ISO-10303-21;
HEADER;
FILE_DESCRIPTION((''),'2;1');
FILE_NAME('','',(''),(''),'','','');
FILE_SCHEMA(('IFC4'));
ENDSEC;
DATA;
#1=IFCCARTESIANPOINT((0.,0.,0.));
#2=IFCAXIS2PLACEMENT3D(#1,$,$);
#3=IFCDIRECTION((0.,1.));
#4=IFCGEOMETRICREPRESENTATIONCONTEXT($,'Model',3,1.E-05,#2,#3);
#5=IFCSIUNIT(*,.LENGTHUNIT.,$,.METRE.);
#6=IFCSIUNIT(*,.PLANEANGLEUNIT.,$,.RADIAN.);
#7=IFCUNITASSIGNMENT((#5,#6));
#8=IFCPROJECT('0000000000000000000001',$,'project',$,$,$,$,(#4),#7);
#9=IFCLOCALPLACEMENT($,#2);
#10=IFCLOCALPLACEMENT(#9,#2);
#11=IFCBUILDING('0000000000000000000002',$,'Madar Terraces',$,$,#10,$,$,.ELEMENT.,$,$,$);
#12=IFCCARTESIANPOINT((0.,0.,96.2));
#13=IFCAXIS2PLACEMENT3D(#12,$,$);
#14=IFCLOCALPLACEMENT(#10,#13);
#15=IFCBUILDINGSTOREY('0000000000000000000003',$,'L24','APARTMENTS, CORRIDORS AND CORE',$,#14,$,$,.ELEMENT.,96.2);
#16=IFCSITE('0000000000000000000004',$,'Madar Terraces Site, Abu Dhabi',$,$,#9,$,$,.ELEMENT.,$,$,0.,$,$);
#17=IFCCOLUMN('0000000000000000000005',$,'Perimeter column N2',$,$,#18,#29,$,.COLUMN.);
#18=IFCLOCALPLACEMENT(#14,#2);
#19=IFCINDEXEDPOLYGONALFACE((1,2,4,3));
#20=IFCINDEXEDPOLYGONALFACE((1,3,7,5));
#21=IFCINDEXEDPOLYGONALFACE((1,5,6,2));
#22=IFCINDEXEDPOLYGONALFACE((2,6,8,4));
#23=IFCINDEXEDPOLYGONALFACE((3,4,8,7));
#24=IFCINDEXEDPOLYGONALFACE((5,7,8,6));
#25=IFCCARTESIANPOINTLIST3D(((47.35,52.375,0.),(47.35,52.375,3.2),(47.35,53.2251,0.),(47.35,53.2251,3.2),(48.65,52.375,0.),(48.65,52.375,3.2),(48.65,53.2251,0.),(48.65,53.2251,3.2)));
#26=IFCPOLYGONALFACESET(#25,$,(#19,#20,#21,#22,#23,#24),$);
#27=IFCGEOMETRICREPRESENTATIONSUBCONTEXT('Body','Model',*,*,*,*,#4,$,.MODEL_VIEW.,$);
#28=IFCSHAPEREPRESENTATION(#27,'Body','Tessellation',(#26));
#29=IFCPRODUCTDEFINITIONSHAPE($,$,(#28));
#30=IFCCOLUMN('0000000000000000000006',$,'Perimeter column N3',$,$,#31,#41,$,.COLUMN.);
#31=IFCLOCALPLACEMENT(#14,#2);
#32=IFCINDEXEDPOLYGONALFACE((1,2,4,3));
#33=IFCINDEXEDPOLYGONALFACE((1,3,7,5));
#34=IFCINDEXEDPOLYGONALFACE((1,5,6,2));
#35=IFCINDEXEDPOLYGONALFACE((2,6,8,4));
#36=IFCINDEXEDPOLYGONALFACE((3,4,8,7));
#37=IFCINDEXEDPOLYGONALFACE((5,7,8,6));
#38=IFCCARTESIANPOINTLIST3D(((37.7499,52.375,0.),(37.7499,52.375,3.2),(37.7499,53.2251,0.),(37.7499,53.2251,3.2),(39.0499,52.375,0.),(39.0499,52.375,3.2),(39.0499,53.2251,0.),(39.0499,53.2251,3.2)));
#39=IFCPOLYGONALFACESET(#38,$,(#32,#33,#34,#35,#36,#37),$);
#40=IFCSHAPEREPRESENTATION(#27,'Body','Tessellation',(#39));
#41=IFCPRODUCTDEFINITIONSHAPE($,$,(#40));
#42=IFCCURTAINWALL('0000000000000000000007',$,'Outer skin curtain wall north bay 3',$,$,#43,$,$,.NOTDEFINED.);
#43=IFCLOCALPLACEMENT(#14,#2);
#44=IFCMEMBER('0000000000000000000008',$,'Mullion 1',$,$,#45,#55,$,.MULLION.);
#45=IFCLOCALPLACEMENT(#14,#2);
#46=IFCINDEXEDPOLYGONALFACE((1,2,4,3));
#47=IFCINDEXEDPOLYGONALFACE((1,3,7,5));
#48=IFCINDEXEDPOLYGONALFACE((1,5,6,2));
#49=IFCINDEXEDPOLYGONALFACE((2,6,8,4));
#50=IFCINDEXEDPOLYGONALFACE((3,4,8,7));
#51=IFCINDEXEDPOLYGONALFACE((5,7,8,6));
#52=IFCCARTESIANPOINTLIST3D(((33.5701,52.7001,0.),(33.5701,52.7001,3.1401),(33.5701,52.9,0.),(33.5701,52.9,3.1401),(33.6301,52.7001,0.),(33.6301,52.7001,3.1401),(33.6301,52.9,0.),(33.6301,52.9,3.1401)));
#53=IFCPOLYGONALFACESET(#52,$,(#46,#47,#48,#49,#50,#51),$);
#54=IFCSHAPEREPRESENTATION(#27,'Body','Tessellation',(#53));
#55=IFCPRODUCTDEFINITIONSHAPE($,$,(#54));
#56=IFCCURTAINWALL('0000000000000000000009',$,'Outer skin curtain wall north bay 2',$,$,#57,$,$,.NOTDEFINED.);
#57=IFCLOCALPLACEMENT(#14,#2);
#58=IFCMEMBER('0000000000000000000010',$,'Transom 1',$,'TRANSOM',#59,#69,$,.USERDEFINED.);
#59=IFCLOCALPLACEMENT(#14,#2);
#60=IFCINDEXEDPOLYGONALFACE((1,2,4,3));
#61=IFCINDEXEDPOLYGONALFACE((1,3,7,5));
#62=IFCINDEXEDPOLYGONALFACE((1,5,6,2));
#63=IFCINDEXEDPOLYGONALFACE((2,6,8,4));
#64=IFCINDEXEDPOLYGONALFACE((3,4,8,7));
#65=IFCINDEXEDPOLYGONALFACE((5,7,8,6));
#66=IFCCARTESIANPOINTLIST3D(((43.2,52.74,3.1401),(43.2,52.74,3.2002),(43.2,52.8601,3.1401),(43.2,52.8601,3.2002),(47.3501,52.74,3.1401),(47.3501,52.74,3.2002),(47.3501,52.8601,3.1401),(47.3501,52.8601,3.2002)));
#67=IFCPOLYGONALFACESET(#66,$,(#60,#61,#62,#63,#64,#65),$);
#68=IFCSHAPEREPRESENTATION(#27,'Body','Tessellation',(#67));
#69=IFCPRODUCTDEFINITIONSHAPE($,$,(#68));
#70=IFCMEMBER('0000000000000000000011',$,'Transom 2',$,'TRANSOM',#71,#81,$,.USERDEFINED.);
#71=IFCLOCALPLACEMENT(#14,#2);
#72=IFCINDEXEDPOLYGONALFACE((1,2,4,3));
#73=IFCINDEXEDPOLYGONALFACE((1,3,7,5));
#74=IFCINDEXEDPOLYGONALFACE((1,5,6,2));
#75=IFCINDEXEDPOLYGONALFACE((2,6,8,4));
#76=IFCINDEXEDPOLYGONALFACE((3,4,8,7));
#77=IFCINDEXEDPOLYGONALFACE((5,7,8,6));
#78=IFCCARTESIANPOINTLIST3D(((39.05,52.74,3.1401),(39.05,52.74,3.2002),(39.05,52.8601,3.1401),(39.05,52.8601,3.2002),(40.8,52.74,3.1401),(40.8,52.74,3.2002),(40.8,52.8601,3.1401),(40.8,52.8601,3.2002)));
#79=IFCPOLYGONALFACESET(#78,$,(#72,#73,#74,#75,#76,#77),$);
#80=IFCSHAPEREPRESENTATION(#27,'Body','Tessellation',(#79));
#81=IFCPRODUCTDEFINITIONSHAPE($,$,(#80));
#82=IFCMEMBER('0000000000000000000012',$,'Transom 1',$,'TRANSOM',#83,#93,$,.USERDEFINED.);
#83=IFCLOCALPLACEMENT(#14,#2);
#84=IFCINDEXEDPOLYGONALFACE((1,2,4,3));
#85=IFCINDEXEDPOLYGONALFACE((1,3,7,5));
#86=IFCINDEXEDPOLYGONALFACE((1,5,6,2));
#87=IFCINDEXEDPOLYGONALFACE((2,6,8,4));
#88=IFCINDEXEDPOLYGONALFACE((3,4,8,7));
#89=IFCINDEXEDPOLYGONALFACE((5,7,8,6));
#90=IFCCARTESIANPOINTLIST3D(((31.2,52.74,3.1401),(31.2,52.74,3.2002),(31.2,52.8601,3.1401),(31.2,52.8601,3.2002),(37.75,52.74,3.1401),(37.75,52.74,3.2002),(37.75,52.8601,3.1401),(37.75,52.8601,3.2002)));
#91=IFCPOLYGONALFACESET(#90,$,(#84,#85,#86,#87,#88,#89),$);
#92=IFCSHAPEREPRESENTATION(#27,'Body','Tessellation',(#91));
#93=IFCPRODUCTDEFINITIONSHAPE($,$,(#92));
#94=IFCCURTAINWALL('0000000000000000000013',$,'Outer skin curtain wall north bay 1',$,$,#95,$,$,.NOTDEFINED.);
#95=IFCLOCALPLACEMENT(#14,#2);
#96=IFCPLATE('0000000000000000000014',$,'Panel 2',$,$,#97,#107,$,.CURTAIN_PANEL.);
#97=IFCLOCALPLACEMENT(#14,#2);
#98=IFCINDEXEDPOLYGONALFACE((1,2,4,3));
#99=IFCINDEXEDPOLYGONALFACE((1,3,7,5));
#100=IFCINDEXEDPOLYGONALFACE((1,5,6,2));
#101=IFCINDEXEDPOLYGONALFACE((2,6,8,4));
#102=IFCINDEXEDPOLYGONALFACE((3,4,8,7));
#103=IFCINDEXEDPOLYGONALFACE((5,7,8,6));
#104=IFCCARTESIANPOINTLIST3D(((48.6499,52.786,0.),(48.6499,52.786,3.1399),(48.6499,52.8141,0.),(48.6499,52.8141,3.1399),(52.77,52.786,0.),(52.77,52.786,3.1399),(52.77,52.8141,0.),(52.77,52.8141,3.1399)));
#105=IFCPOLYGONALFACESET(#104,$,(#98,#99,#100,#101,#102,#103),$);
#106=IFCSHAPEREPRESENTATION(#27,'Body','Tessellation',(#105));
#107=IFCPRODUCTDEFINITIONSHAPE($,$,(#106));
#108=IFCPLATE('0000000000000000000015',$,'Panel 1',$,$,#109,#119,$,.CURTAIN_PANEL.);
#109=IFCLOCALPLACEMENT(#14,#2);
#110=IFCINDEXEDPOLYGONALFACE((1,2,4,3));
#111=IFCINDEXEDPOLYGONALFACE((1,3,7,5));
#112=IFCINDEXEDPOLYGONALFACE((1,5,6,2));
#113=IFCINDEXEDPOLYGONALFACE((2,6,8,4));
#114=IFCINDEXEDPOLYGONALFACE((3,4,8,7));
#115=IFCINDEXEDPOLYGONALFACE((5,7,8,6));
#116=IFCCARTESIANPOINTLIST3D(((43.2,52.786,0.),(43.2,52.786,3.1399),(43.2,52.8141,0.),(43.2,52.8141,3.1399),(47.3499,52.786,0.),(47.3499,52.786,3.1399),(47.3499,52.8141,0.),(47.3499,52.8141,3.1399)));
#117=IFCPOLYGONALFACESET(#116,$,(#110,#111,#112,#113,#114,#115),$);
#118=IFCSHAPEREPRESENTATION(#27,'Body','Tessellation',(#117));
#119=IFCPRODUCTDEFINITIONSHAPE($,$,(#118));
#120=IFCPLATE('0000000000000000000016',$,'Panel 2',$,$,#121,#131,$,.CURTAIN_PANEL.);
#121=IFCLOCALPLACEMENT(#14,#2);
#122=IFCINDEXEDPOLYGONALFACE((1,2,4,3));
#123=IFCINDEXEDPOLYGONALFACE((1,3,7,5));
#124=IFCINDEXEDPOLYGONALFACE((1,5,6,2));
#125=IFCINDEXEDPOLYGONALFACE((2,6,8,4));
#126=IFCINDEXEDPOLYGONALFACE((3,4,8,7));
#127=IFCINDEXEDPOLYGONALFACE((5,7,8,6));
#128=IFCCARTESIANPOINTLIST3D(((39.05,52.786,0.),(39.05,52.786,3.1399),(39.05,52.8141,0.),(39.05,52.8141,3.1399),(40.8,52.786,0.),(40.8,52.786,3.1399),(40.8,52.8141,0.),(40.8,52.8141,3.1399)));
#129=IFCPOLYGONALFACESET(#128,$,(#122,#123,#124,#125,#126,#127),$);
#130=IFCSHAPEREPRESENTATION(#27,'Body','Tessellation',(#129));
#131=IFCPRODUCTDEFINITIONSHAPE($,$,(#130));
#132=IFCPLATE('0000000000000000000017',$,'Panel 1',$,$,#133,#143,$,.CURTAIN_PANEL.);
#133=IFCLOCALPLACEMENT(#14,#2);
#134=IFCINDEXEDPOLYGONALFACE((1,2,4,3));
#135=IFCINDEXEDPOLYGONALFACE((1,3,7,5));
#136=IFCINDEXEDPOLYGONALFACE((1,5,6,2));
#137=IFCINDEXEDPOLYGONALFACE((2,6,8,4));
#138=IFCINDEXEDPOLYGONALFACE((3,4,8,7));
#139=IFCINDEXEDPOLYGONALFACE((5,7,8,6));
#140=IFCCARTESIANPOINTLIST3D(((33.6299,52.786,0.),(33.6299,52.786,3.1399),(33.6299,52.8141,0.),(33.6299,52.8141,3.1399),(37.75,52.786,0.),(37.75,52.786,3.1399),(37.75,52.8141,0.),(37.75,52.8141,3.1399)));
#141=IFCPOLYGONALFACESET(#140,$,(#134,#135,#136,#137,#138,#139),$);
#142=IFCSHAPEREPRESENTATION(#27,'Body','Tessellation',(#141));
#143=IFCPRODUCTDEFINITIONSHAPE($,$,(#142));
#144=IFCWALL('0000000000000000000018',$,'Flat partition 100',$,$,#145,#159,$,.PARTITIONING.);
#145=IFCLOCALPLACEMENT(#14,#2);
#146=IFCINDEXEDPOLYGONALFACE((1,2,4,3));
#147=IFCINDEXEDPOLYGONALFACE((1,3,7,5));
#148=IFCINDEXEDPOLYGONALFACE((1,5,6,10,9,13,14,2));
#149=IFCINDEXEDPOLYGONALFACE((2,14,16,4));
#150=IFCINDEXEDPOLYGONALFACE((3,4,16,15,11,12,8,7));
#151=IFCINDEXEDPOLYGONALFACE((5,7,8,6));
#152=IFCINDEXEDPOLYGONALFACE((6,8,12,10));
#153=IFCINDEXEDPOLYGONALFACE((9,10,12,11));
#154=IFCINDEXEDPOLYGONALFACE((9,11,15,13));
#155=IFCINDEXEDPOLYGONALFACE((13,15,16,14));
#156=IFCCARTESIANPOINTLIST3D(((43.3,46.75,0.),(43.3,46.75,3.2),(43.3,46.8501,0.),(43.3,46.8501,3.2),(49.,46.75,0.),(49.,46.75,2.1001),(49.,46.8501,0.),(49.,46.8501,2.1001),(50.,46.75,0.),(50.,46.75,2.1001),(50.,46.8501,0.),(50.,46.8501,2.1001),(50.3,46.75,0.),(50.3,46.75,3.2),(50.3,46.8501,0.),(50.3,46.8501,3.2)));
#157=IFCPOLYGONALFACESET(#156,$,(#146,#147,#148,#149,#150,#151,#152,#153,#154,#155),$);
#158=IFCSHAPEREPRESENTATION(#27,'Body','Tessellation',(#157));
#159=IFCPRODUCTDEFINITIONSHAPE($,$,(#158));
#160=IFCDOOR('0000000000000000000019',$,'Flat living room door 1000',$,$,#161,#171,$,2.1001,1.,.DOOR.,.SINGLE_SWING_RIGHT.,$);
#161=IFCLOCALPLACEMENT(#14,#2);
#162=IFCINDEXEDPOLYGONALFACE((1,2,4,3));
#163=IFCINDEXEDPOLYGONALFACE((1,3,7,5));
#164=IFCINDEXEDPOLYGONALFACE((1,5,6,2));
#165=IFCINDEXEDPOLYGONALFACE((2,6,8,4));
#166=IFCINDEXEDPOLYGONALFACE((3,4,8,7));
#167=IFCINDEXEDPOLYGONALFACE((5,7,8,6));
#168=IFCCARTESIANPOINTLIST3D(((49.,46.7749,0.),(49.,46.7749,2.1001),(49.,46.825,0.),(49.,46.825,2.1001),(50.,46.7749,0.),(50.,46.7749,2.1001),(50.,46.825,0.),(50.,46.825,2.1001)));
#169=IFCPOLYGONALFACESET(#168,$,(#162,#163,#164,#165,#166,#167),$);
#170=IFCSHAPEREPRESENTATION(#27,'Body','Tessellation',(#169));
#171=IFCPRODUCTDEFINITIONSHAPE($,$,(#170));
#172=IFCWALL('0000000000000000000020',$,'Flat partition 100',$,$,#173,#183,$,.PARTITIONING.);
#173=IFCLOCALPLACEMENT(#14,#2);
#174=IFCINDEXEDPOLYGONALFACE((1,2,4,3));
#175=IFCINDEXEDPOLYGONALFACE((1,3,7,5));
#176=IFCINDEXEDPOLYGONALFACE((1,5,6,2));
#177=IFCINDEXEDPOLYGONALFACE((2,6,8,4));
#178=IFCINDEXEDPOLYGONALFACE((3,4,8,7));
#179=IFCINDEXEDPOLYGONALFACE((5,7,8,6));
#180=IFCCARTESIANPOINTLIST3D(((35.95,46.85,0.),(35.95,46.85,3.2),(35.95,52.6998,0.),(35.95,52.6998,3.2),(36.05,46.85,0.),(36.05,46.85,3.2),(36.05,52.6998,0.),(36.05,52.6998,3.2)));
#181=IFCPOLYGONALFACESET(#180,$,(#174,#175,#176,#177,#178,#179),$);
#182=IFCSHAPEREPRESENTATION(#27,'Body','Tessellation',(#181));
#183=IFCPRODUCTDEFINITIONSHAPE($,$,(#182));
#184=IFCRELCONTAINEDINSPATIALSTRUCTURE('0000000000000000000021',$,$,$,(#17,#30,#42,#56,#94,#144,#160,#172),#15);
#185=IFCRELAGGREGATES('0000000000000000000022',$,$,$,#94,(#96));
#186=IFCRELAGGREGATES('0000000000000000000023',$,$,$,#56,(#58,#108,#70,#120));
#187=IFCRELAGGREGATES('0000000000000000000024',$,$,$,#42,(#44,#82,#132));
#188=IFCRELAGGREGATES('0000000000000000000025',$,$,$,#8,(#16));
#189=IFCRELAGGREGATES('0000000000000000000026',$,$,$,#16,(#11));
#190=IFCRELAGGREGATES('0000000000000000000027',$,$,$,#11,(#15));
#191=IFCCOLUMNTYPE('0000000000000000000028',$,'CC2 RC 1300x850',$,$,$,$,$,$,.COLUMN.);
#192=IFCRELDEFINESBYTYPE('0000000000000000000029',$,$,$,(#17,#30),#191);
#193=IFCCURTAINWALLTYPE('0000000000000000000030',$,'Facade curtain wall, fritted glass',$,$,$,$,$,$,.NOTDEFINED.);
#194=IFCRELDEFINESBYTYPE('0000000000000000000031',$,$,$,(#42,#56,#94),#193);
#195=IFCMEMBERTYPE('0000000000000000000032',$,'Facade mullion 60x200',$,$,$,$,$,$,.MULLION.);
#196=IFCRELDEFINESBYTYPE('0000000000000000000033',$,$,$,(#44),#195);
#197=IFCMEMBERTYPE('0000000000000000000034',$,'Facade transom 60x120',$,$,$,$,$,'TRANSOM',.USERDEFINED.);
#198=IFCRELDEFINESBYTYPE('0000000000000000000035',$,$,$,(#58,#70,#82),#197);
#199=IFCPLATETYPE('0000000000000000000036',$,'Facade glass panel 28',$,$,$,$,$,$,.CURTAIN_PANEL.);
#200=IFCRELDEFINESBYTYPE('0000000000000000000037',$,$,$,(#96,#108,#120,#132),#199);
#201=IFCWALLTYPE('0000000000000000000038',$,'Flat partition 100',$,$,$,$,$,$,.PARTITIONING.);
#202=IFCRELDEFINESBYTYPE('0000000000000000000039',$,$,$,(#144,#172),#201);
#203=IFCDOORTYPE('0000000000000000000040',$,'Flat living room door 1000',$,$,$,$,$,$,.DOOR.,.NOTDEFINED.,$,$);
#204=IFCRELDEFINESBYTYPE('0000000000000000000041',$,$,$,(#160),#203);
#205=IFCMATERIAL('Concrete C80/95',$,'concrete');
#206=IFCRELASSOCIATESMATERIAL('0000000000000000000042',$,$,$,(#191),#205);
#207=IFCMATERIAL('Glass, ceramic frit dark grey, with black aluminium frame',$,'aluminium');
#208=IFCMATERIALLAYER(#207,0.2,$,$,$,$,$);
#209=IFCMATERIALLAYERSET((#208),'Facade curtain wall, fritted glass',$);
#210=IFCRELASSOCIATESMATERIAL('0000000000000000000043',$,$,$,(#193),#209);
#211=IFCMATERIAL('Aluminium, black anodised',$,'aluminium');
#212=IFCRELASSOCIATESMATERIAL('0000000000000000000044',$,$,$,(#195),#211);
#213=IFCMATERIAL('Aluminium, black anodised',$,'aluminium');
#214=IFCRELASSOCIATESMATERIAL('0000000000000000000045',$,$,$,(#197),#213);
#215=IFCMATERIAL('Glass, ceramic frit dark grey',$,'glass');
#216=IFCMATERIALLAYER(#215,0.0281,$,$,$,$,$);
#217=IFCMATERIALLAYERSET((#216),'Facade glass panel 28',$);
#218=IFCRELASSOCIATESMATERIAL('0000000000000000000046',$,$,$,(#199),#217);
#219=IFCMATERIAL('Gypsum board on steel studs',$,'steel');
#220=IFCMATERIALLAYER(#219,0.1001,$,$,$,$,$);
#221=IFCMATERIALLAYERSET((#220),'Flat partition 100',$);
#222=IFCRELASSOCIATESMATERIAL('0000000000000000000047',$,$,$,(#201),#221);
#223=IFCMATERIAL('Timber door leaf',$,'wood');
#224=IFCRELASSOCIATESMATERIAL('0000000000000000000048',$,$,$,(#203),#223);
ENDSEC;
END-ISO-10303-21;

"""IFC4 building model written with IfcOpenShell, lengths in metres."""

from ifc_helpers import new_model, si_unit, direction, frame, frame_2d, origin, origin_2d, place, context, subcontext, project, spatial, rectangle, extrude, material, layer, layer_set, material_profile, profile_set, type_object, element, fill, aggregate, save


model = new_model("IFC4")

# Units and contexts
model_context = context("Model", 3, precision=1e-05, world=origin(), true_north=direction((0.0, 1.0)))
body_context = subcontext(model_context, "Body", "Model", "MODEL_VIEW")
ifc_project = project(units=[si_unit("LENGTHUNIT", "METRE"), si_unit("PLANEANGLEUNIT", "RADIAN")], contexts=[model_context])

# Site, building, storey
site_placement = place(None, origin())
site = spatial("IfcSite", under=ifc_project, at=site_placement, Name="Madar Terraces Site, Abu Dhabi", CompositionType="ELEMENT", RefElevation=0.0)
building_placement = place(site_placement, origin())
building = spatial("IfcBuilding", under=site, at=building_placement, Name="Madar Terraces", CompositionType="ELEMENT")
storey_placement = place(building_placement, frame((0.0, 0.0, 96.2)))
storey = spatial("IfcBuildingStorey", under=building, at=storey_placement, Name="L24", Description="APARTMENTS, CORRIDORS AND CORE", CompositionType="ELEMENT", Elevation=96.2)

# Columns
ifc_material_1 = material(Name="Concrete C80/95", Category="concrete")
ifc_material_profile_1 = material_profile(ifc_material_1, rectangle(XDim=1.3, YDim=0.8501, at=origin_2d()), Name="CC2 RC 1300x850")
ifc_profile_set_1 = profile_set([ifc_material_profile_1], Name="Concrete C80/95")
column_type = type_object("IfcColumnType", Name="CC2 RC 1300x850", PredefinedType="COLUMN", material=ifc_profile_set_1)
for number, where, z_axis, x_axis, name in (
    (1, (48.0, 52.8, 0.0), (0.0, 0.0, 1.0), (1.0, 0.0, 0.0), "Perimeter column N2"),
    (2, (38.3999, 52.8, 0.0), (0.0, 0.0, 1.0), (1.0, 0.0, 0.0), "Perimeter column N3"),
):
    element("IfcColumn", number, at=place(storey_placement, frame(where, z_axis=z_axis, x_axis=x_axis)), inside=storey, type_object=column_type, Name=name, PredefinedType="COLUMN", context=body_context, shape_type="SweptSolid", body=[
        extrude(rectangle(XDim=1.3, YDim=0.8501, at=origin_2d()), origin(), (0.0, 0.0, 1.0), 3.2),
    ])

# Curtain wall, member
ifc_material_2 = material(Name="Glass, ceramic frit dark grey, with black aluminium frame", Category="aluminium")
ifc_layer_1 = layer(ifc_material_2, 0.2)
ifc_layer_set_1 = layer_set([ifc_layer_1], Name="Facade curtain wall, fritted glass")
curtain_wall_type = type_object("IfcCurtainWallType", Name="Facade curtain wall, fritted glass", PredefinedType="NOTDEFINED", material=ifc_layer_set_1)
curtain_wall_1_placement = place(storey_placement, origin())
curtain_wall_1 = element("IfcCurtainWall", 3, at=curtain_wall_1_placement, inside=storey, type_object=curtain_wall_type, Name="Outer skin curtain wall north bay 3", PredefinedType="NOTDEFINED")
ifc_material_3 = material(Name="Aluminium, black anodised", Category="aluminium")
ifc_material_profile_2 = material_profile(ifc_material_3, rectangle(XDim=0.2, YDim=0.0601, at=origin_2d()), Name="Facade mullion 60x200")
ifc_profile_set_2 = profile_set([ifc_material_profile_2], Name="Aluminium, black anodised")
member_type_1 = type_object("IfcMemberType", Name="Facade mullion 60x200", PredefinedType="MULLION", material=ifc_profile_set_2)
member_1_placement = place(storey_placement, frame((33.6001, 52.8, 0.0), z_axis=(0.0, 0.0, 1.0), x_axis=(0.0, -1.0, 0.0)))
member_1 = element("IfcMember", 4, at=member_1_placement, type_object=member_type_1, Name="Mullion 1", PredefinedType="MULLION", context=body_context, shape_type="SweptSolid", body=[
    extrude(rectangle(XDim=0.2, YDim=0.0601, at=origin_2d()), origin(), (0.0, 0.0, 1.0), 3.1401),
])

# Curtain wall, members
curtain_wall_2_placement = place(storey_placement, origin())
curtain_wall_2 = element("IfcCurtainWall", 5, at=curtain_wall_2_placement, inside=storey, type_object=curtain_wall_type, Name="Outer skin curtain wall north bay 2", PredefinedType="NOTDEFINED")
ifc_material_4 = material(Name="Aluminium, black anodised", Category="aluminium")
ifc_material_profile_3 = material_profile(ifc_material_4, rectangle(XDim=0.1201, YDim=0.0601, at=origin_2d()), Name="Facade transom 60x120")
ifc_profile_set_3 = profile_set([ifc_material_profile_3], Name="Aluminium, black anodised")
member_type_2 = type_object("IfcMemberType", Name="Facade transom 60x120", ElementType="TRANSOM", PredefinedType="USERDEFINED", material=ifc_profile_set_3)
member_2_placement = place(storey_placement, frame((47.3501, 52.8, 3.1702), z_axis=(-1.0, 0.0, 0.0), x_axis=(0.0, -1.0, 0.0)))
member_2 = element("IfcMember", 6, at=member_2_placement, type_object=member_type_2, Name="Transom 1", ObjectType="TRANSOM", PredefinedType="USERDEFINED", context=body_context, shape_type="SweptSolid", body=[
    extrude(rectangle(XDim=0.1201, YDim=0.0601, at=origin_2d()), origin(), (0.0, 0.0, 1.0), 4.1501),
])
member_3_placement = place(storey_placement, frame((40.8, 52.8, 3.1702), z_axis=(-1.0, 0.0, 0.0), x_axis=(0.0, -1.0, 0.0)))
member_3 = element("IfcMember", 7, at=member_3_placement, type_object=member_type_2, Name="Transom 2", ObjectType="TRANSOM", PredefinedType="USERDEFINED", context=body_context, shape_type="SweptSolid", body=[
    extrude(rectangle(XDim=0.1201, YDim=0.0601, at=origin_2d()), origin(), (0.0, 0.0, 1.0), 1.75),
])

# Member
member_4_placement = place(storey_placement, frame((37.75, 52.8, 3.1702), z_axis=(-1.0, 0.0, 0.0), x_axis=(0.0, -1.0, 0.0)))
member_4 = element("IfcMember", 8, at=member_4_placement, type_object=member_type_2, Name="Transom 1", ObjectType="TRANSOM", PredefinedType="USERDEFINED", context=body_context, shape_type="SweptSolid", body=[
    extrude(rectangle(XDim=0.1201, YDim=0.0601, at=origin_2d()), origin(), (0.0, 0.0, 1.0), 6.55),
])

# Curtain wall, plate
curtain_wall_3_placement = place(storey_placement, origin())
curtain_wall_3 = element("IfcCurtainWall", 9, at=curtain_wall_3_placement, inside=storey, type_object=curtain_wall_type, Name="Outer skin curtain wall north bay 1", PredefinedType="NOTDEFINED")
ifc_material_5 = material(Name="Glass, ceramic frit dark grey", Category="glass")
ifc_layer_2 = layer(ifc_material_5, 0.0281)
ifc_layer_set_2 = layer_set([ifc_layer_2], Name="Facade glass panel 28")
plate_type = type_object("IfcPlateType", Name="Facade glass panel 28", PredefinedType="CURTAIN_PANEL", material=ifc_layer_set_2)
plate_1_placement = place(storey_placement, frame((50.71, 52.8, 0.0), z_axis=(0.0, 0.0, 1.0), x_axis=(-1.0, 0.0, 0.0)))
plate_1 = element("IfcPlate", 10, at=plate_1_placement, type_object=plate_type, Name="Panel 2", PredefinedType="CURTAIN_PANEL", context=body_context, shape_type="SweptSolid", body=[
    extrude(rectangle(XDim=4.1201, YDim=0.0281, at=origin_2d()), origin(), (0.0, 0.0, 1.0), 3.1399),
])
aggregate(curtain_wall_3, [plate_1])

# Plates
plate_2_placement = place(storey_placement, frame((45.2749, 52.8, 0.0), z_axis=(0.0, 0.0, 1.0), x_axis=(-1.0, 0.0, 0.0)))
plate_2 = element("IfcPlate", 11, at=plate_2_placement, type_object=plate_type, Name="Panel 1", PredefinedType="CURTAIN_PANEL", context=body_context, shape_type="SweptSolid", body=[
    extrude(rectangle(XDim=4.1499, YDim=0.0281, at=origin_2d()), origin(), (0.0, 0.0, 1.0), 3.1399),
])
plate_3_placement = place(storey_placement, frame((39.925, 52.8, 0.0), z_axis=(0.0, 0.0, 1.0), x_axis=(-1.0, 0.0, 0.0)))
plate_3 = element("IfcPlate", 12, at=plate_3_placement, type_object=plate_type, Name="Panel 2", PredefinedType="CURTAIN_PANEL", context=body_context, shape_type="SweptSolid", body=[
    extrude(rectangle(XDim=1.75, YDim=0.0281, at=origin_2d()), origin(), (0.0, 0.0, 1.0), 3.1399),
])
aggregate(curtain_wall_2, [member_2, plate_2, member_3, plate_3])
plate_4_placement = place(storey_placement, frame((35.6899, 52.8, 0.0), z_axis=(0.0, 0.0, 1.0), x_axis=(-1.0, 0.0, 0.0)))
plate_4 = element("IfcPlate", 13, at=plate_4_placement, type_object=plate_type, Name="Panel 1", PredefinedType="CURTAIN_PANEL", context=body_context, shape_type="SweptSolid", body=[
    extrude(rectangle(XDim=4.1201, YDim=0.0281, at=origin_2d()), origin(), (0.0, 0.0, 1.0), 3.1399),
])
aggregate(curtain_wall_1, [member_1, member_4, plate_4])

# Wall, opening, door
ifc_material_6 = material(Name="Gypsum board on steel studs", Category="steel")
ifc_layer_3 = layer(ifc_material_6, 0.1001)
ifc_layer_set_3 = layer_set([ifc_layer_3], Name="Flat partition 100")
wall_type_1 = type_object("IfcWallType", Name="Flat partition 100", PredefinedType="PARTITIONING", material=ifc_layer_set_3)
wall_1_placement = place(storey_placement, frame((43.3, 46.8, 0.0), z_axis=(0.0, 0.0, 1.0), x_axis=(1.0, 0.0, 0.0)))
wall_1 = element("IfcWall", 14, at=wall_1_placement, inside=storey, type_object=wall_type_1, Name="Flat partition 100", PredefinedType="PARTITIONING", context=body_context, shape_type="SweptSolid", body=[
    extrude(rectangle(XDim=7.0, YDim=0.1001, at=frame_2d((3.5, 0.0))), origin(), (0.0, 0.0, 1.0), 3.2),
])
opening_1_placement = place(wall_1_placement, frame((5.7, 0.0, 0.0)))
opening_1 = element("IfcOpeningElement", 15, at=opening_1_placement, cuts=wall_1, PredefinedType="OPENING", context=body_context, shape_type="SweptSolid", body=[
    extrude(rectangle(XDim=1.0, YDim=2.1001, at=frame_2d((0.5, 1.05))), frame((0.0, 0.0601, 0.0), z_axis=(0.0, -1.0, 0.0), x_axis=(1.0, 0.0, 0.0)), (0.0, 0.0, 1.0), 0.1201),
])
ifc_material_7 = material(Name="Timber door leaf", Category="wood")
door_type_1 = type_object("IfcDoorType", Name="Flat living room door 1000", OperationType="NOTDEFINED", PredefinedType="DOOR", material=ifc_material_7)
door_1_placement = place(opening_1_placement, origin())
door_1 = element("IfcDoor", 16, at=door_1_placement, inside=storey, type_object=door_type_1, Name="Flat living room door 1000", OperationType="SINGLE_SWING_RIGHT", OverallHeight=2.1001, OverallWidth=1.0, PredefinedType="DOOR", context=body_context, shape_type="SweptSolid", body=[
    extrude(rectangle(XDim=1.0, YDim=2.1001, at=frame_2d((0.5, 1.05))), frame((0.0, 0.0249, 0.0), z_axis=(0.0, -1.0, 0.0), x_axis=(1.0, 0.0, 0.0)), (0.0, 0.0, 1.0), 0.05),
])
fill(opening_1, door_1)

# Wall
wall_2_placement = place(storey_placement, frame((36.0, 46.8501, 0.0), z_axis=(0.0, 0.0, 1.0), x_axis=(0.0, 1.0, 0.0)))
element("IfcWall", 17, at=wall_2_placement, inside=storey, type_object=wall_type_1, Name="Flat partition 100", PredefinedType="PARTITIONING", context=body_context, shape_type="SweptSolid", body=[
    extrude(rectangle(XDim=5.8499, YDim=0.1001, at=frame_2d((2.9248, 0.0))), origin(), (0.0, 0.0, 1.0), 3.2),
])

save(model, "model.ifc")
